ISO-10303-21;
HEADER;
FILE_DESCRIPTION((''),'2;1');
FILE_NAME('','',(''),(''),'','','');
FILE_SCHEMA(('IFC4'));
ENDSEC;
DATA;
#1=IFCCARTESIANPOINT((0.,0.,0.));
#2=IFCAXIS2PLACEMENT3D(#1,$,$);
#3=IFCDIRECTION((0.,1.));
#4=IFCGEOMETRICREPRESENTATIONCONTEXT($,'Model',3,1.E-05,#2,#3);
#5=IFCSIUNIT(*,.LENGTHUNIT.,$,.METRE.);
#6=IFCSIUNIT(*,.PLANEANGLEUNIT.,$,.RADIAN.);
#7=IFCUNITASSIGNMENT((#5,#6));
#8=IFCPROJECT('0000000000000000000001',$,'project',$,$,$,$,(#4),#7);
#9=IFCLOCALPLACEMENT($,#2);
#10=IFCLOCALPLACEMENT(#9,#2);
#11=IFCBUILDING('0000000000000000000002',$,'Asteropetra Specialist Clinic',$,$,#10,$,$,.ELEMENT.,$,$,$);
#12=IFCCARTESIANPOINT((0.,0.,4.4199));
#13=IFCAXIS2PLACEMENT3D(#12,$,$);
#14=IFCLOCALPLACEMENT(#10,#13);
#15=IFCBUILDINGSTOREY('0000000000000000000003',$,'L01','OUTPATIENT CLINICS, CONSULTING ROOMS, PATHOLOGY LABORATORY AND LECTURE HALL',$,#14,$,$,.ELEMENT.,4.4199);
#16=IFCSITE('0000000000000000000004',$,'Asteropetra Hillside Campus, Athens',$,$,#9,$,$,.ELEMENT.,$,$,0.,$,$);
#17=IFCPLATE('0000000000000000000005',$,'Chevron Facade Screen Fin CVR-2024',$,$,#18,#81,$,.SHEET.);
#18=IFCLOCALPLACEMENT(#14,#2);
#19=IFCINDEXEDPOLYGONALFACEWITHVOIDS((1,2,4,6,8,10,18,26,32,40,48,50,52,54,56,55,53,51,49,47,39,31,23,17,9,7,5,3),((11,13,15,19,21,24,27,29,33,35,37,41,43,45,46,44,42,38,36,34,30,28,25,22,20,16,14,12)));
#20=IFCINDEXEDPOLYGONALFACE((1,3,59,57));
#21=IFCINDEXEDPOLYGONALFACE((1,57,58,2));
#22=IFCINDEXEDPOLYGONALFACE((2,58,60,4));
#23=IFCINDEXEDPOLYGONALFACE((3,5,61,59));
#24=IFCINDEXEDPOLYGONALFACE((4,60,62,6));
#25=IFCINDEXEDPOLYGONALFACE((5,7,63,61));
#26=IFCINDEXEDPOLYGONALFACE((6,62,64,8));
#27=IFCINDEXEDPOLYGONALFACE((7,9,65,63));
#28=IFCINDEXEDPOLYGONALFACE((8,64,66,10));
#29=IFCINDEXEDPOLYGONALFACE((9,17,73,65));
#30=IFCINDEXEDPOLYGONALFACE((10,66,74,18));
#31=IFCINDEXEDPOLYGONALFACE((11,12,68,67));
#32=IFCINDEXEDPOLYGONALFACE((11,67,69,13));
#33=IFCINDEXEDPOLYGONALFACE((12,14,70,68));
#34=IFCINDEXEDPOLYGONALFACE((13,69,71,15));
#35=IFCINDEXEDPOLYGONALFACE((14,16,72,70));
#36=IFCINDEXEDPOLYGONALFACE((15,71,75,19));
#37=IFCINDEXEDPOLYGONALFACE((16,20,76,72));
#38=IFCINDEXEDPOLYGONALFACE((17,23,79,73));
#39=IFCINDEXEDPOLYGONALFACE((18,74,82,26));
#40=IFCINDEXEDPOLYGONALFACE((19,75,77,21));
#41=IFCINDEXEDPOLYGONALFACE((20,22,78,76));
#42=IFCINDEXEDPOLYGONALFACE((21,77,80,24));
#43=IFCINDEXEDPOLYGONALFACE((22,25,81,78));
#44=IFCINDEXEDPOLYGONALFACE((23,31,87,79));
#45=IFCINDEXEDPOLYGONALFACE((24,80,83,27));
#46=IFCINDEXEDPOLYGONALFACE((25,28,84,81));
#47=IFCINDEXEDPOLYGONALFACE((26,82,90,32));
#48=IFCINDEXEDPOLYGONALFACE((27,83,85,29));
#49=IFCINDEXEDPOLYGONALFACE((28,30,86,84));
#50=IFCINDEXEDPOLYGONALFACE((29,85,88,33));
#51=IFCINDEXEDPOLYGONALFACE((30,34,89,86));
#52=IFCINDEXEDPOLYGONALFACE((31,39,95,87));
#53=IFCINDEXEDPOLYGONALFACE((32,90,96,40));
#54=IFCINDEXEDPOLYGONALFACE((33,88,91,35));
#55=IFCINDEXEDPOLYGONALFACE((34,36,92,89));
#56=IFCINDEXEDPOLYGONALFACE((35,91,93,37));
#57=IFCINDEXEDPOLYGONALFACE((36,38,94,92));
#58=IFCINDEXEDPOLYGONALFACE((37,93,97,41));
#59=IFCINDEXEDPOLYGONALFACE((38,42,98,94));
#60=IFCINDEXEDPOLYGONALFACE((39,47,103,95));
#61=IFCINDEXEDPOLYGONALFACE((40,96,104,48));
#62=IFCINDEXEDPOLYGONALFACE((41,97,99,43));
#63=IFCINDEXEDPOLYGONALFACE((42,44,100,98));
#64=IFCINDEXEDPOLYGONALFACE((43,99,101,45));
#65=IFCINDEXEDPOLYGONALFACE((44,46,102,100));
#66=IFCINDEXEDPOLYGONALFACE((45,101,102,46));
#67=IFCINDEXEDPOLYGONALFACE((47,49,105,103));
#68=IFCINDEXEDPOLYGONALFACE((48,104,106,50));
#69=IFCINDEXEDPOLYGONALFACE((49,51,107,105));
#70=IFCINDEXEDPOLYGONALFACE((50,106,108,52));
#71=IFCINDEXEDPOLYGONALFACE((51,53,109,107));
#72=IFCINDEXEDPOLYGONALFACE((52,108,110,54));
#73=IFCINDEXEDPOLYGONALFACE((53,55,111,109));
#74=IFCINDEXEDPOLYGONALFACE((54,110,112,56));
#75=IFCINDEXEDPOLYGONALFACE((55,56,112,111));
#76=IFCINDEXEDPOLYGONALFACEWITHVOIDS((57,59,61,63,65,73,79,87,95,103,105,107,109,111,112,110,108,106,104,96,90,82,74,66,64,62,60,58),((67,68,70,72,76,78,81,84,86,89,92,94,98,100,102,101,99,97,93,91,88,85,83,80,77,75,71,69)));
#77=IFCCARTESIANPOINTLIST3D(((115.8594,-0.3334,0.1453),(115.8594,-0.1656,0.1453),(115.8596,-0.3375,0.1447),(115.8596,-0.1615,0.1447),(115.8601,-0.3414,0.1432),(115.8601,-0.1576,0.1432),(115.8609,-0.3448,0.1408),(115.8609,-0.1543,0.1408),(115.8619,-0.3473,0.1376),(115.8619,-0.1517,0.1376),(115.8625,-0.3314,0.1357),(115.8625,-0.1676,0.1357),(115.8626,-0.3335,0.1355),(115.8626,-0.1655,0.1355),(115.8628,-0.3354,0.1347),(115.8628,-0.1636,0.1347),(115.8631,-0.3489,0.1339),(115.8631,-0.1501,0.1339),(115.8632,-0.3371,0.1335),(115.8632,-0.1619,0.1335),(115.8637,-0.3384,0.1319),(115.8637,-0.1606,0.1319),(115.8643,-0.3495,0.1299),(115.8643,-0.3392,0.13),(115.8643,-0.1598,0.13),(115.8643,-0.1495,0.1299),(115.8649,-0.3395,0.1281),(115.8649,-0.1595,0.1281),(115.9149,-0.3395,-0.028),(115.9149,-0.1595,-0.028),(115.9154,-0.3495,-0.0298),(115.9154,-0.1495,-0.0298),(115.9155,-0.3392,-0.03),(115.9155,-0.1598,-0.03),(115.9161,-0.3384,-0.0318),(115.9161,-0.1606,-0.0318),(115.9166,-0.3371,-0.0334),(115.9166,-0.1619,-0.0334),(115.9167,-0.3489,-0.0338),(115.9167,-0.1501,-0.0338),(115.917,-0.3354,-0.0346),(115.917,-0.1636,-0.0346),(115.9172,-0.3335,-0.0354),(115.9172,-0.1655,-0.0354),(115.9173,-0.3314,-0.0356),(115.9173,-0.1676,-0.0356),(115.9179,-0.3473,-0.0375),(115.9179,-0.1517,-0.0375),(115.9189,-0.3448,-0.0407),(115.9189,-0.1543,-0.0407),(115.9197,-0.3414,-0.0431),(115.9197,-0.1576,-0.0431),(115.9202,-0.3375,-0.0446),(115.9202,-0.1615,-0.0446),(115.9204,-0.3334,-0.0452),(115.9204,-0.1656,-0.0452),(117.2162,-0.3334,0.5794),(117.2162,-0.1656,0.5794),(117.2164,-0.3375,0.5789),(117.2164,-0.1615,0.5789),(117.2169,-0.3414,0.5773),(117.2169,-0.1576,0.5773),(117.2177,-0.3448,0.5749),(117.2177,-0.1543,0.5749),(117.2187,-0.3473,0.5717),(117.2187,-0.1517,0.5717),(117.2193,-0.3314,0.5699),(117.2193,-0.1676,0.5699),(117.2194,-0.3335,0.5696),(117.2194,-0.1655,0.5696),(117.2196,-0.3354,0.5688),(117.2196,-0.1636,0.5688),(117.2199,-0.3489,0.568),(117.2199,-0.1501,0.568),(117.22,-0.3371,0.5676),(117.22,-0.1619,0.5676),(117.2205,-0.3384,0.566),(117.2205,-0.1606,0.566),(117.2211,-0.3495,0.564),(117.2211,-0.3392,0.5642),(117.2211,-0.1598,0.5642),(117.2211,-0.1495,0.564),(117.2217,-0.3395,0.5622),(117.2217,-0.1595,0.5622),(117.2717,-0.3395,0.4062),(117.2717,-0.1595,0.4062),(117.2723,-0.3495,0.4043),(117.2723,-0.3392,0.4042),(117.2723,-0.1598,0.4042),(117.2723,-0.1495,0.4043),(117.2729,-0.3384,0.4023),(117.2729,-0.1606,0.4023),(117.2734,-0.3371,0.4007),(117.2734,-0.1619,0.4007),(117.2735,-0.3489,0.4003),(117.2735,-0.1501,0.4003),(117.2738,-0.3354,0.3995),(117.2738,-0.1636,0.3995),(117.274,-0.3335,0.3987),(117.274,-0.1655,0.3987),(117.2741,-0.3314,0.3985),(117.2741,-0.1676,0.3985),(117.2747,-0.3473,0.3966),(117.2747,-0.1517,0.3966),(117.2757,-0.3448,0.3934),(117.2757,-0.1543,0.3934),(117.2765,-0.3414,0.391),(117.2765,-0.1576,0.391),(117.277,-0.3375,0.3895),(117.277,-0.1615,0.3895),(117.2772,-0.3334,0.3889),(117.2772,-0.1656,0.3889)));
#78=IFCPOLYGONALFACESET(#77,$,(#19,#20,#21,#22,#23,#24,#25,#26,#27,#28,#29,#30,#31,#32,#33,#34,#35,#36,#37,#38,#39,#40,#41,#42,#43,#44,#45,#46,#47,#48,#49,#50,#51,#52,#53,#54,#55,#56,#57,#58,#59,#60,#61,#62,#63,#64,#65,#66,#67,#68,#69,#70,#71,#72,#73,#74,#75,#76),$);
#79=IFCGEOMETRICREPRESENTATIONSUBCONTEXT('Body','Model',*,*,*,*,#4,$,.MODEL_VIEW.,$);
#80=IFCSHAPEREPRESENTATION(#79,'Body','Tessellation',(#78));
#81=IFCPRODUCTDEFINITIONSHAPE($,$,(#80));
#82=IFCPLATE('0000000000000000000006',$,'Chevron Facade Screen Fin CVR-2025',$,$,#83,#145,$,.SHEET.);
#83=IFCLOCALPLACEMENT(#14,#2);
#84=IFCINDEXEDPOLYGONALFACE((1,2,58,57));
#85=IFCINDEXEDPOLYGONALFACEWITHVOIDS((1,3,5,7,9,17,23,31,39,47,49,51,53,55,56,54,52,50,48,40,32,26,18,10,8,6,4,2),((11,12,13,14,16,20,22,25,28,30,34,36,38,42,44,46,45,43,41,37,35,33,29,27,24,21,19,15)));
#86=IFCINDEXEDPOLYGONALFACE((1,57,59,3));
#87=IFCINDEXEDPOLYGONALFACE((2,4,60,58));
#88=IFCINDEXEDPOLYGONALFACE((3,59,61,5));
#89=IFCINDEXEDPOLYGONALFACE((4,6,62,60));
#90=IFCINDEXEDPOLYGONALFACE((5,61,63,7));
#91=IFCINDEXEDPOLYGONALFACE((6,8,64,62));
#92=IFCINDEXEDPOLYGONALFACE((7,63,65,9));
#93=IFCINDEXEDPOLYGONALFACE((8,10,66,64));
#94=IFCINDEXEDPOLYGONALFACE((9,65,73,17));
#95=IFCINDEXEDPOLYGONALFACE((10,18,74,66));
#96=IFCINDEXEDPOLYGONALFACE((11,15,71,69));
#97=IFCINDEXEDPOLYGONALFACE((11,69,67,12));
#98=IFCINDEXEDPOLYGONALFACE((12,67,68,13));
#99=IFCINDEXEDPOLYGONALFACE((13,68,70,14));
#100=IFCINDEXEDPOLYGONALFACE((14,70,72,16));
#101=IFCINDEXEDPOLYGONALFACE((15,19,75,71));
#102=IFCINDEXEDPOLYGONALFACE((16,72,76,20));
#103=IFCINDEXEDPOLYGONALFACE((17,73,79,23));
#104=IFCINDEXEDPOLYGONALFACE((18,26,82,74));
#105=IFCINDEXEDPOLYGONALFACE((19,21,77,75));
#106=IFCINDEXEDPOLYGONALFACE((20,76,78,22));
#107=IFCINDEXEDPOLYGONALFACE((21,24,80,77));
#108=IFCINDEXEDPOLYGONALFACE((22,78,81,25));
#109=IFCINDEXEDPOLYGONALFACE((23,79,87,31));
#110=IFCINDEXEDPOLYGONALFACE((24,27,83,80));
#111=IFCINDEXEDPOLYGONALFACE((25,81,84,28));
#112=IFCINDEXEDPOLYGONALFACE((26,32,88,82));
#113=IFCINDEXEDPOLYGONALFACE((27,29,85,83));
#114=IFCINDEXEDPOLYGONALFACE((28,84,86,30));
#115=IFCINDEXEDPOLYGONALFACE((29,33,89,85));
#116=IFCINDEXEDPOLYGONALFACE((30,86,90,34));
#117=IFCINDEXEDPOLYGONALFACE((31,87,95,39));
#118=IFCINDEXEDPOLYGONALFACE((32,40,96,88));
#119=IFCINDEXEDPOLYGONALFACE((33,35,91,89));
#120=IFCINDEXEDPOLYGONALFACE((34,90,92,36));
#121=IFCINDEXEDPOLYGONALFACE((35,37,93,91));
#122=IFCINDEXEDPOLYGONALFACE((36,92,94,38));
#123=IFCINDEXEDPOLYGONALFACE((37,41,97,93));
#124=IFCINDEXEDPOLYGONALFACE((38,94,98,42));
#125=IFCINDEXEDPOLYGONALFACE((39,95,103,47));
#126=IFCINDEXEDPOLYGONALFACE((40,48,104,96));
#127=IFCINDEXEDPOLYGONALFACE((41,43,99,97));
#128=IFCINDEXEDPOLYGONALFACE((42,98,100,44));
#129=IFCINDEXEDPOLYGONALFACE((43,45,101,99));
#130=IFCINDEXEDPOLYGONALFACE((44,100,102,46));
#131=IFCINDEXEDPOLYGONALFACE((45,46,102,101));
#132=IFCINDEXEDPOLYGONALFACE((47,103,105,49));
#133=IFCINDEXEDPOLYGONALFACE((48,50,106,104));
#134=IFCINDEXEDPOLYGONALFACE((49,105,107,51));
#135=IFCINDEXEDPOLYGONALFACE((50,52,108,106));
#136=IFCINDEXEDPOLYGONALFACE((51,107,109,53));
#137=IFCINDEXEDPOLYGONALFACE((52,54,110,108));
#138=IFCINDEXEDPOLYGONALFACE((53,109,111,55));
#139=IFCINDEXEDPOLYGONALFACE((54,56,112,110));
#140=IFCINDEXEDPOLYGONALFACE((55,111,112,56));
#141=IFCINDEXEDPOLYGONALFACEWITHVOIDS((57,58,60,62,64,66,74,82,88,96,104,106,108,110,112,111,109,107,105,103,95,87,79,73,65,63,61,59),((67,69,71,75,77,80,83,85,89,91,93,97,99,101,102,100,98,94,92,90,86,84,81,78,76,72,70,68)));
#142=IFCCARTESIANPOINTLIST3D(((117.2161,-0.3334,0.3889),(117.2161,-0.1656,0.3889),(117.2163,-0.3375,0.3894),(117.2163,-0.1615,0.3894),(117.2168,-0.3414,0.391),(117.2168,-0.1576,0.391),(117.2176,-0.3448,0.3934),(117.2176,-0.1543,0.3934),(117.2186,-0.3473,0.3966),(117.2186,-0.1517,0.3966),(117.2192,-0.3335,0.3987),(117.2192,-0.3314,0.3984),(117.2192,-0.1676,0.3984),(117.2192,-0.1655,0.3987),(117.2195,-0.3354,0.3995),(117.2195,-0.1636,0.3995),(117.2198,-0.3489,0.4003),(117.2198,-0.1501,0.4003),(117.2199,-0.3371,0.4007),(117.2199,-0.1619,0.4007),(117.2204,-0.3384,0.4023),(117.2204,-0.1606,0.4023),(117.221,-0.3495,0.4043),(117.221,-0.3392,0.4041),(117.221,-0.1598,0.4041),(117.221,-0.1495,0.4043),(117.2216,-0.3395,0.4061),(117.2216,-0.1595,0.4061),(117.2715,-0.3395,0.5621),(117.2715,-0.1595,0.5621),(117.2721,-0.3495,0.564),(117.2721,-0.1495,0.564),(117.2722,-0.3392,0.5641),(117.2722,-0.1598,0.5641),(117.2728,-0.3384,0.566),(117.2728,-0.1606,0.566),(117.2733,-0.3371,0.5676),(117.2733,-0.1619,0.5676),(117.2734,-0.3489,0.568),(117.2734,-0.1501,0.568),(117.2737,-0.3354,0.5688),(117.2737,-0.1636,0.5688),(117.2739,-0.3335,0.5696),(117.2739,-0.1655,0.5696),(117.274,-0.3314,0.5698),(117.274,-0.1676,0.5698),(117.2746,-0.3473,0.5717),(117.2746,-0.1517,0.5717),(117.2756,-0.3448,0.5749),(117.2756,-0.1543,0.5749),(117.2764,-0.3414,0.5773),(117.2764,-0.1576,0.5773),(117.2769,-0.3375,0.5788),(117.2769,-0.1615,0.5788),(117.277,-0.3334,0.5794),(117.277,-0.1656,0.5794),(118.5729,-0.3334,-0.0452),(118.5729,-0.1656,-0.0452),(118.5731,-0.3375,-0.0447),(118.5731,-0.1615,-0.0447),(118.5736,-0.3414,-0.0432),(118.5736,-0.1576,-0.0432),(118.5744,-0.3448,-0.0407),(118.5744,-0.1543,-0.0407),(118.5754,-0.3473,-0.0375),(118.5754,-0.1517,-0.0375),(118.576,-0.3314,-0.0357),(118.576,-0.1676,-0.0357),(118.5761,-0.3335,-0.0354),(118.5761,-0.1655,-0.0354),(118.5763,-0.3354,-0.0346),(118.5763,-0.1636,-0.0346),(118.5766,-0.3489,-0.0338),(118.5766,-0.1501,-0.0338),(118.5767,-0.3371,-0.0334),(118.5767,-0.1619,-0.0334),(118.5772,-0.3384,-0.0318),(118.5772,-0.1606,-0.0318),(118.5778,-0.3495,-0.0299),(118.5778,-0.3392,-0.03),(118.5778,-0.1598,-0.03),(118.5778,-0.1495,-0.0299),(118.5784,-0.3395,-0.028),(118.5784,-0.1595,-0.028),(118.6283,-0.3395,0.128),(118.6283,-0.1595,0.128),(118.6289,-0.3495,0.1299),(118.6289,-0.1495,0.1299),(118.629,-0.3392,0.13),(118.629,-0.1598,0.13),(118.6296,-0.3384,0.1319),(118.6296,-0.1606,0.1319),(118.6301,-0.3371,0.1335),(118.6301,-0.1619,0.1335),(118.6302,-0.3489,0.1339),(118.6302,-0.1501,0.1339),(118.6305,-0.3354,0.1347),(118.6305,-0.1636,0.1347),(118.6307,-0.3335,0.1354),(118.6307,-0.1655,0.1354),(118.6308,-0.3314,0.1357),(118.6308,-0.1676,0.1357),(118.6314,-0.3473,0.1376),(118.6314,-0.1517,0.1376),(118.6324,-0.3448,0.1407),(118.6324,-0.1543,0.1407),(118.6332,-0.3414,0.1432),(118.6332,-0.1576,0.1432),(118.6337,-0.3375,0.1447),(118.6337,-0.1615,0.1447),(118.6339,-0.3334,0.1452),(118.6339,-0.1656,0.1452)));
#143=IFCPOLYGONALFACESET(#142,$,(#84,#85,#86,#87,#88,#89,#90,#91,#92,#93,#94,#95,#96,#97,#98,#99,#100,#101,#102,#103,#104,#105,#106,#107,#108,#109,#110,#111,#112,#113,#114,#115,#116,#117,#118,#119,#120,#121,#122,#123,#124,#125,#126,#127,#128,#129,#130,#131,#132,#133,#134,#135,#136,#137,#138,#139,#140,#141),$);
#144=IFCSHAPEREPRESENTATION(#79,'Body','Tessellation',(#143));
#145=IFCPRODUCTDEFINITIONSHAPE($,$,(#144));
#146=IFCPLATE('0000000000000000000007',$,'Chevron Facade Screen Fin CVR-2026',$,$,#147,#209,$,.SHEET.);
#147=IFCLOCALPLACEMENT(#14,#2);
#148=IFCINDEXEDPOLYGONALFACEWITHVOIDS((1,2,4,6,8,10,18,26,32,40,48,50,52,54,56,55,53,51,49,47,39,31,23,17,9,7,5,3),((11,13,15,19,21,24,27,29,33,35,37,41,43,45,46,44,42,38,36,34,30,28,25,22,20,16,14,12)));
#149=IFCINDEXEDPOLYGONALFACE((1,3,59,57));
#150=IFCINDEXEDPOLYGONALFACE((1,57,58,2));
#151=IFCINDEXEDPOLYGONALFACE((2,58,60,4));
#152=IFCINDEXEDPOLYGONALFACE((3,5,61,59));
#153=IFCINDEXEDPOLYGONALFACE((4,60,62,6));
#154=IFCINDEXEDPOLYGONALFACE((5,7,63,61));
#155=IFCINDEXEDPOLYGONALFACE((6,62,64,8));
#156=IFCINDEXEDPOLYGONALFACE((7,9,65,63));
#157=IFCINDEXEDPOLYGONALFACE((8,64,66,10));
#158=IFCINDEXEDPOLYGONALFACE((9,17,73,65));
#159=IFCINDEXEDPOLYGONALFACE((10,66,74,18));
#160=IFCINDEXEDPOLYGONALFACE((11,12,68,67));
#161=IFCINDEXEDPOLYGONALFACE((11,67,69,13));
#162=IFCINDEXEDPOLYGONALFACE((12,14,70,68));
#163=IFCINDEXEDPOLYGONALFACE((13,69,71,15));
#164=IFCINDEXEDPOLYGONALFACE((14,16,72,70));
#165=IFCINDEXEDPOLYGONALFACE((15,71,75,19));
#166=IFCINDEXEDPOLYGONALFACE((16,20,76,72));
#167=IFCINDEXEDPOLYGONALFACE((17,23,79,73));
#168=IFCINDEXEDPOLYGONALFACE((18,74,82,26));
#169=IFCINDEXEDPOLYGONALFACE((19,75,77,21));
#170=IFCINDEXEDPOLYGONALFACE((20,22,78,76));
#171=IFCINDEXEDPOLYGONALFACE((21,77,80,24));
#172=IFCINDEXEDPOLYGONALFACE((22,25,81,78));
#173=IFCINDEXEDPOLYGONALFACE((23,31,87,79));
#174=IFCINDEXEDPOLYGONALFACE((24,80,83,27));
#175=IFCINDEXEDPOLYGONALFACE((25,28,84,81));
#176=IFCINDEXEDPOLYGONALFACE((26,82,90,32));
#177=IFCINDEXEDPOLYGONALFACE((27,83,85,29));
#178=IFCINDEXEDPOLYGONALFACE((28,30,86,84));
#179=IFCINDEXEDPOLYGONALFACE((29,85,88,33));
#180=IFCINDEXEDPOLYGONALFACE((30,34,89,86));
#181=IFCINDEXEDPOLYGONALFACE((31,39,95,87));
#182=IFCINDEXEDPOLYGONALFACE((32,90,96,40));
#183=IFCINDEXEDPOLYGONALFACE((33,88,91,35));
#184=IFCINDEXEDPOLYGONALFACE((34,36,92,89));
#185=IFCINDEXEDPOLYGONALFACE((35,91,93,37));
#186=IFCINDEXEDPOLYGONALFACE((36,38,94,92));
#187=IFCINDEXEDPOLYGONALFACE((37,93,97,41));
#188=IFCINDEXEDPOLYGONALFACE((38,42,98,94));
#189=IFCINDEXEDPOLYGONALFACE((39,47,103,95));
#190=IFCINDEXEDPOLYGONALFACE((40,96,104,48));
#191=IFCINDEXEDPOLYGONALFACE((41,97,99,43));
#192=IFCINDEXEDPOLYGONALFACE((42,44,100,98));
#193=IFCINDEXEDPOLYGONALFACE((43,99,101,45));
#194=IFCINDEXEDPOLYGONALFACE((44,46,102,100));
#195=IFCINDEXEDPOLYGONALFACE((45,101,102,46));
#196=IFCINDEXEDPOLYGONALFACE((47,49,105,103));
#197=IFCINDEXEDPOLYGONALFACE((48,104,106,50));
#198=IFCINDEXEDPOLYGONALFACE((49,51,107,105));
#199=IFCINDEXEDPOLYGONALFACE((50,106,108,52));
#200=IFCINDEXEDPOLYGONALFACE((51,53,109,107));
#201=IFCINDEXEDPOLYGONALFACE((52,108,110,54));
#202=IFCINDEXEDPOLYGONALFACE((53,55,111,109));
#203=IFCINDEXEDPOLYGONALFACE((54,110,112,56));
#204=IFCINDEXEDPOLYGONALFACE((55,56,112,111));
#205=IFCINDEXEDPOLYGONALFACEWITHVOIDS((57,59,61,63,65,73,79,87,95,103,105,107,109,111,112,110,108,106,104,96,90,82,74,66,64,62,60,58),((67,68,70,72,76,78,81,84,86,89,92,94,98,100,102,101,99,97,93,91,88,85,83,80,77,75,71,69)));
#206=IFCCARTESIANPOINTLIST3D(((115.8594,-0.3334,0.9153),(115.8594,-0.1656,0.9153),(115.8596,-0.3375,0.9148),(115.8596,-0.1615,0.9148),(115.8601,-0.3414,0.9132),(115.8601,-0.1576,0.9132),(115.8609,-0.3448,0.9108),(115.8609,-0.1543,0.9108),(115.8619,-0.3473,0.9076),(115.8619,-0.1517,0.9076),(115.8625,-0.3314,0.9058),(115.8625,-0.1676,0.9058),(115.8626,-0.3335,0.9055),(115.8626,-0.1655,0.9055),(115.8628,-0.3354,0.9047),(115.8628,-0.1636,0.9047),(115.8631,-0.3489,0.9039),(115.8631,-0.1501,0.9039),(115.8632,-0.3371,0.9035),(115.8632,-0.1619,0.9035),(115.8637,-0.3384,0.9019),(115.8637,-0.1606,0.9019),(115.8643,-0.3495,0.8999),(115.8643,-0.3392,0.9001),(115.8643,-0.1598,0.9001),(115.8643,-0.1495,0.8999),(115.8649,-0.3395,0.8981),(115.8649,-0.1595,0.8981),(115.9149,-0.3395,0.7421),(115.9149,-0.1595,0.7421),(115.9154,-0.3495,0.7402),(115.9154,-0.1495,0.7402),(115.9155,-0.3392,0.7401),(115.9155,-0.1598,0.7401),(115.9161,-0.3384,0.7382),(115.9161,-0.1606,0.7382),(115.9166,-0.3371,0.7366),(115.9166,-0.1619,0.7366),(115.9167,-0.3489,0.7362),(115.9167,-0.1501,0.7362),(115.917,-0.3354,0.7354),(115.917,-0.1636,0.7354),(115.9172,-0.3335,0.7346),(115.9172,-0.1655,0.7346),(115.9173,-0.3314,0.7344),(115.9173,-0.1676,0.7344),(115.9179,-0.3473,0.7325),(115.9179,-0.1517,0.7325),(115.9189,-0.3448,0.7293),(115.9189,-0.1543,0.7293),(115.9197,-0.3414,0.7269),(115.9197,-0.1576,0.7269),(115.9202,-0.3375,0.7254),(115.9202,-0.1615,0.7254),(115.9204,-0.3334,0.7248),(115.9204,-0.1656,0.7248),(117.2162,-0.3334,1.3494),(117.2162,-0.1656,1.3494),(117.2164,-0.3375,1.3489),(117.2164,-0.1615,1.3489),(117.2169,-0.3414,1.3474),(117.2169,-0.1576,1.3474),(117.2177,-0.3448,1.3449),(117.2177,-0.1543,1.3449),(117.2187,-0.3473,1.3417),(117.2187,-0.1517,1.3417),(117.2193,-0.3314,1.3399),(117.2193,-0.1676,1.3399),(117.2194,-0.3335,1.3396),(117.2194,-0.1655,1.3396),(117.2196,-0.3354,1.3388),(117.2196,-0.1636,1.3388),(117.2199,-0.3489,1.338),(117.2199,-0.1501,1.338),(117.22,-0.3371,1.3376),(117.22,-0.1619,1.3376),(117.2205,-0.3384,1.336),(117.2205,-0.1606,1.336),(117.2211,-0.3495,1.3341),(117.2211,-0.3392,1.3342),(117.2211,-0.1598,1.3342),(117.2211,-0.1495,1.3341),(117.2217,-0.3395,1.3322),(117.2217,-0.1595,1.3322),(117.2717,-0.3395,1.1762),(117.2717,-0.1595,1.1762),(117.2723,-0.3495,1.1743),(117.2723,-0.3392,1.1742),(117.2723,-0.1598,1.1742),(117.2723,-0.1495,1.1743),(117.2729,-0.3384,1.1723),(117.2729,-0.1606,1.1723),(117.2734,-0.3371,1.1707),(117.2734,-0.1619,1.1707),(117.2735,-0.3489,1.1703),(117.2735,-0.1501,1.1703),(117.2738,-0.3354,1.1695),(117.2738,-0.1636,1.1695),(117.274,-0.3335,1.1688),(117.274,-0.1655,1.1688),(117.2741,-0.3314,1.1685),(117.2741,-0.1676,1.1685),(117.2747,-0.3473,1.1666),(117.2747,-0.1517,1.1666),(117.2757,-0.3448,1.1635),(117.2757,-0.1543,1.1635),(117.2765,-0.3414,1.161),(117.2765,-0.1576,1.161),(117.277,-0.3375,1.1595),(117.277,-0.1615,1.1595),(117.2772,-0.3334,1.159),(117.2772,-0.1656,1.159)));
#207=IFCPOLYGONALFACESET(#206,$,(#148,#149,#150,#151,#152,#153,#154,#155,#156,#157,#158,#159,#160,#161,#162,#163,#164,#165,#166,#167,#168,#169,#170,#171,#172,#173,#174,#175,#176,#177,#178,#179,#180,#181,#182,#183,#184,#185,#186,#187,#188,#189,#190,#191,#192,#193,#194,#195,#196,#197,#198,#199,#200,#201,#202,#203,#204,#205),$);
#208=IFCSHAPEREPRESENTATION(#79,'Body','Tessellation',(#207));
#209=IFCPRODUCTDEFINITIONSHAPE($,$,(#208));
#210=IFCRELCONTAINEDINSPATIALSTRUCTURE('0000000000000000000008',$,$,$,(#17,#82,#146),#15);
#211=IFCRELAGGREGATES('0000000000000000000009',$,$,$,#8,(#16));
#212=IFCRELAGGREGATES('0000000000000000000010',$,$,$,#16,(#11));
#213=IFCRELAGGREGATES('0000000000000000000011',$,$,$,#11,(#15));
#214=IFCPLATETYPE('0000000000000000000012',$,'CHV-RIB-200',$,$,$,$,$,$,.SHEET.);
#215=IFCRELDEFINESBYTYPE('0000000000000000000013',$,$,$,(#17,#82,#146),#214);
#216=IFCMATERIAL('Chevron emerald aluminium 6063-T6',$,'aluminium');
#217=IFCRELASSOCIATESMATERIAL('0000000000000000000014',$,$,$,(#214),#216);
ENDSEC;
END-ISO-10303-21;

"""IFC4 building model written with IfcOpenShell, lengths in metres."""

from ifc_helpers import new_model, si_unit, direction, frame, origin, origin_2d, place, context, subcontext, project, spatial, hollow_rectangle, extrude, material, material_profile, profile_set, type_object, element, save


model = new_model("IFC4")

# Units and contexts
model_context = context("Model", 3, precision=1e-05, world=origin(), true_north=direction((0.0, 1.0)))
body_context = subcontext(model_context, "Body", "Model", "MODEL_VIEW")
ifc_project = project(units=[si_unit("LENGTHUNIT", "METRE"), si_unit("PLANEANGLEUNIT", "RADIAN")], contexts=[model_context])

# Site, building, storey
site_placement = place(None, origin())
site = spatial("IfcSite", under=ifc_project, at=site_placement, Name="Asteropetra Hillside Campus, Athens", CompositionType="ELEMENT", RefElevation=0.0)
building_placement = place(site_placement, origin())
building = spatial("IfcBuilding", under=site, at=building_placement, Name="Asteropetra Specialist Clinic", CompositionType="ELEMENT")
storey_placement = place(building_placement, frame((0.0, 0.0, 4.4199)))
storey = spatial("IfcBuildingStorey", under=building, at=storey_placement, Name="L01", Description="OUTPATIENT CLINICS, CONSULTING ROOMS, PATHOLOGY LABORATORY AND LECTURE HALL", CompositionType="ELEMENT", Elevation=4.4199)

# Plates
ifc_material_1 = material(Name="Chevron emerald aluminium 6063-T6", Category="aluminium")
ifc_material_profile = material_profile(ifc_material_1, hollow_rectangle(XDim=0.2, YDim=0.2, WallThickness=0.01, InnerFilletRadius=0.0081, OuterFilletRadius=0.0161, at=origin_2d()), Name="SHS 200x200x10.0")
ifc_profile_set = profile_set([ifc_material_profile], Name="Chevron emerald aluminium 6063-T6")
plate_type = type_object("IfcPlateType", Name="CHV-RIB-200", PredefinedType="SHEET", material=ifc_profile_set)
for number, where, z_axis, x_axis, name in (
    (1, (115.8899, -0.2495, 0.05), (0.952436, 0.0, 0.304738), (0.0, 1.0, 0.0), "Chevron Facade Screen Fin CVR-2024"),
    (2, (117.2466, -0.2495, 0.4841), (0.952436, 0.0, -0.304738), (0.0, 1.0, 0.0), "Chevron Facade Screen Fin CVR-2025"),
    (3, (115.8899, -0.2495, 0.8201), (0.952436, 0.0, 0.304738), (0.0, 1.0, 0.0), "Chevron Facade Screen Fin CVR-2026"),
):
    element("IfcPlate", number, at=place(storey_placement, frame(where, z_axis=z_axis, x_axis=x_axis)), inside=storey, type_object=plate_type, Name=name, PredefinedType="SHEET", context=body_context, shape_type="SweptSolid", body=[
        extrude(hollow_rectangle(XDim=0.2, YDim=0.2, WallThickness=0.01, InnerFilletRadius=0.0081, OuterFilletRadius=0.0161, at=origin_2d()), origin(), (0.0, 0.0, 1.0), 1.4246),
    ])

save(model, "model.ifc")
